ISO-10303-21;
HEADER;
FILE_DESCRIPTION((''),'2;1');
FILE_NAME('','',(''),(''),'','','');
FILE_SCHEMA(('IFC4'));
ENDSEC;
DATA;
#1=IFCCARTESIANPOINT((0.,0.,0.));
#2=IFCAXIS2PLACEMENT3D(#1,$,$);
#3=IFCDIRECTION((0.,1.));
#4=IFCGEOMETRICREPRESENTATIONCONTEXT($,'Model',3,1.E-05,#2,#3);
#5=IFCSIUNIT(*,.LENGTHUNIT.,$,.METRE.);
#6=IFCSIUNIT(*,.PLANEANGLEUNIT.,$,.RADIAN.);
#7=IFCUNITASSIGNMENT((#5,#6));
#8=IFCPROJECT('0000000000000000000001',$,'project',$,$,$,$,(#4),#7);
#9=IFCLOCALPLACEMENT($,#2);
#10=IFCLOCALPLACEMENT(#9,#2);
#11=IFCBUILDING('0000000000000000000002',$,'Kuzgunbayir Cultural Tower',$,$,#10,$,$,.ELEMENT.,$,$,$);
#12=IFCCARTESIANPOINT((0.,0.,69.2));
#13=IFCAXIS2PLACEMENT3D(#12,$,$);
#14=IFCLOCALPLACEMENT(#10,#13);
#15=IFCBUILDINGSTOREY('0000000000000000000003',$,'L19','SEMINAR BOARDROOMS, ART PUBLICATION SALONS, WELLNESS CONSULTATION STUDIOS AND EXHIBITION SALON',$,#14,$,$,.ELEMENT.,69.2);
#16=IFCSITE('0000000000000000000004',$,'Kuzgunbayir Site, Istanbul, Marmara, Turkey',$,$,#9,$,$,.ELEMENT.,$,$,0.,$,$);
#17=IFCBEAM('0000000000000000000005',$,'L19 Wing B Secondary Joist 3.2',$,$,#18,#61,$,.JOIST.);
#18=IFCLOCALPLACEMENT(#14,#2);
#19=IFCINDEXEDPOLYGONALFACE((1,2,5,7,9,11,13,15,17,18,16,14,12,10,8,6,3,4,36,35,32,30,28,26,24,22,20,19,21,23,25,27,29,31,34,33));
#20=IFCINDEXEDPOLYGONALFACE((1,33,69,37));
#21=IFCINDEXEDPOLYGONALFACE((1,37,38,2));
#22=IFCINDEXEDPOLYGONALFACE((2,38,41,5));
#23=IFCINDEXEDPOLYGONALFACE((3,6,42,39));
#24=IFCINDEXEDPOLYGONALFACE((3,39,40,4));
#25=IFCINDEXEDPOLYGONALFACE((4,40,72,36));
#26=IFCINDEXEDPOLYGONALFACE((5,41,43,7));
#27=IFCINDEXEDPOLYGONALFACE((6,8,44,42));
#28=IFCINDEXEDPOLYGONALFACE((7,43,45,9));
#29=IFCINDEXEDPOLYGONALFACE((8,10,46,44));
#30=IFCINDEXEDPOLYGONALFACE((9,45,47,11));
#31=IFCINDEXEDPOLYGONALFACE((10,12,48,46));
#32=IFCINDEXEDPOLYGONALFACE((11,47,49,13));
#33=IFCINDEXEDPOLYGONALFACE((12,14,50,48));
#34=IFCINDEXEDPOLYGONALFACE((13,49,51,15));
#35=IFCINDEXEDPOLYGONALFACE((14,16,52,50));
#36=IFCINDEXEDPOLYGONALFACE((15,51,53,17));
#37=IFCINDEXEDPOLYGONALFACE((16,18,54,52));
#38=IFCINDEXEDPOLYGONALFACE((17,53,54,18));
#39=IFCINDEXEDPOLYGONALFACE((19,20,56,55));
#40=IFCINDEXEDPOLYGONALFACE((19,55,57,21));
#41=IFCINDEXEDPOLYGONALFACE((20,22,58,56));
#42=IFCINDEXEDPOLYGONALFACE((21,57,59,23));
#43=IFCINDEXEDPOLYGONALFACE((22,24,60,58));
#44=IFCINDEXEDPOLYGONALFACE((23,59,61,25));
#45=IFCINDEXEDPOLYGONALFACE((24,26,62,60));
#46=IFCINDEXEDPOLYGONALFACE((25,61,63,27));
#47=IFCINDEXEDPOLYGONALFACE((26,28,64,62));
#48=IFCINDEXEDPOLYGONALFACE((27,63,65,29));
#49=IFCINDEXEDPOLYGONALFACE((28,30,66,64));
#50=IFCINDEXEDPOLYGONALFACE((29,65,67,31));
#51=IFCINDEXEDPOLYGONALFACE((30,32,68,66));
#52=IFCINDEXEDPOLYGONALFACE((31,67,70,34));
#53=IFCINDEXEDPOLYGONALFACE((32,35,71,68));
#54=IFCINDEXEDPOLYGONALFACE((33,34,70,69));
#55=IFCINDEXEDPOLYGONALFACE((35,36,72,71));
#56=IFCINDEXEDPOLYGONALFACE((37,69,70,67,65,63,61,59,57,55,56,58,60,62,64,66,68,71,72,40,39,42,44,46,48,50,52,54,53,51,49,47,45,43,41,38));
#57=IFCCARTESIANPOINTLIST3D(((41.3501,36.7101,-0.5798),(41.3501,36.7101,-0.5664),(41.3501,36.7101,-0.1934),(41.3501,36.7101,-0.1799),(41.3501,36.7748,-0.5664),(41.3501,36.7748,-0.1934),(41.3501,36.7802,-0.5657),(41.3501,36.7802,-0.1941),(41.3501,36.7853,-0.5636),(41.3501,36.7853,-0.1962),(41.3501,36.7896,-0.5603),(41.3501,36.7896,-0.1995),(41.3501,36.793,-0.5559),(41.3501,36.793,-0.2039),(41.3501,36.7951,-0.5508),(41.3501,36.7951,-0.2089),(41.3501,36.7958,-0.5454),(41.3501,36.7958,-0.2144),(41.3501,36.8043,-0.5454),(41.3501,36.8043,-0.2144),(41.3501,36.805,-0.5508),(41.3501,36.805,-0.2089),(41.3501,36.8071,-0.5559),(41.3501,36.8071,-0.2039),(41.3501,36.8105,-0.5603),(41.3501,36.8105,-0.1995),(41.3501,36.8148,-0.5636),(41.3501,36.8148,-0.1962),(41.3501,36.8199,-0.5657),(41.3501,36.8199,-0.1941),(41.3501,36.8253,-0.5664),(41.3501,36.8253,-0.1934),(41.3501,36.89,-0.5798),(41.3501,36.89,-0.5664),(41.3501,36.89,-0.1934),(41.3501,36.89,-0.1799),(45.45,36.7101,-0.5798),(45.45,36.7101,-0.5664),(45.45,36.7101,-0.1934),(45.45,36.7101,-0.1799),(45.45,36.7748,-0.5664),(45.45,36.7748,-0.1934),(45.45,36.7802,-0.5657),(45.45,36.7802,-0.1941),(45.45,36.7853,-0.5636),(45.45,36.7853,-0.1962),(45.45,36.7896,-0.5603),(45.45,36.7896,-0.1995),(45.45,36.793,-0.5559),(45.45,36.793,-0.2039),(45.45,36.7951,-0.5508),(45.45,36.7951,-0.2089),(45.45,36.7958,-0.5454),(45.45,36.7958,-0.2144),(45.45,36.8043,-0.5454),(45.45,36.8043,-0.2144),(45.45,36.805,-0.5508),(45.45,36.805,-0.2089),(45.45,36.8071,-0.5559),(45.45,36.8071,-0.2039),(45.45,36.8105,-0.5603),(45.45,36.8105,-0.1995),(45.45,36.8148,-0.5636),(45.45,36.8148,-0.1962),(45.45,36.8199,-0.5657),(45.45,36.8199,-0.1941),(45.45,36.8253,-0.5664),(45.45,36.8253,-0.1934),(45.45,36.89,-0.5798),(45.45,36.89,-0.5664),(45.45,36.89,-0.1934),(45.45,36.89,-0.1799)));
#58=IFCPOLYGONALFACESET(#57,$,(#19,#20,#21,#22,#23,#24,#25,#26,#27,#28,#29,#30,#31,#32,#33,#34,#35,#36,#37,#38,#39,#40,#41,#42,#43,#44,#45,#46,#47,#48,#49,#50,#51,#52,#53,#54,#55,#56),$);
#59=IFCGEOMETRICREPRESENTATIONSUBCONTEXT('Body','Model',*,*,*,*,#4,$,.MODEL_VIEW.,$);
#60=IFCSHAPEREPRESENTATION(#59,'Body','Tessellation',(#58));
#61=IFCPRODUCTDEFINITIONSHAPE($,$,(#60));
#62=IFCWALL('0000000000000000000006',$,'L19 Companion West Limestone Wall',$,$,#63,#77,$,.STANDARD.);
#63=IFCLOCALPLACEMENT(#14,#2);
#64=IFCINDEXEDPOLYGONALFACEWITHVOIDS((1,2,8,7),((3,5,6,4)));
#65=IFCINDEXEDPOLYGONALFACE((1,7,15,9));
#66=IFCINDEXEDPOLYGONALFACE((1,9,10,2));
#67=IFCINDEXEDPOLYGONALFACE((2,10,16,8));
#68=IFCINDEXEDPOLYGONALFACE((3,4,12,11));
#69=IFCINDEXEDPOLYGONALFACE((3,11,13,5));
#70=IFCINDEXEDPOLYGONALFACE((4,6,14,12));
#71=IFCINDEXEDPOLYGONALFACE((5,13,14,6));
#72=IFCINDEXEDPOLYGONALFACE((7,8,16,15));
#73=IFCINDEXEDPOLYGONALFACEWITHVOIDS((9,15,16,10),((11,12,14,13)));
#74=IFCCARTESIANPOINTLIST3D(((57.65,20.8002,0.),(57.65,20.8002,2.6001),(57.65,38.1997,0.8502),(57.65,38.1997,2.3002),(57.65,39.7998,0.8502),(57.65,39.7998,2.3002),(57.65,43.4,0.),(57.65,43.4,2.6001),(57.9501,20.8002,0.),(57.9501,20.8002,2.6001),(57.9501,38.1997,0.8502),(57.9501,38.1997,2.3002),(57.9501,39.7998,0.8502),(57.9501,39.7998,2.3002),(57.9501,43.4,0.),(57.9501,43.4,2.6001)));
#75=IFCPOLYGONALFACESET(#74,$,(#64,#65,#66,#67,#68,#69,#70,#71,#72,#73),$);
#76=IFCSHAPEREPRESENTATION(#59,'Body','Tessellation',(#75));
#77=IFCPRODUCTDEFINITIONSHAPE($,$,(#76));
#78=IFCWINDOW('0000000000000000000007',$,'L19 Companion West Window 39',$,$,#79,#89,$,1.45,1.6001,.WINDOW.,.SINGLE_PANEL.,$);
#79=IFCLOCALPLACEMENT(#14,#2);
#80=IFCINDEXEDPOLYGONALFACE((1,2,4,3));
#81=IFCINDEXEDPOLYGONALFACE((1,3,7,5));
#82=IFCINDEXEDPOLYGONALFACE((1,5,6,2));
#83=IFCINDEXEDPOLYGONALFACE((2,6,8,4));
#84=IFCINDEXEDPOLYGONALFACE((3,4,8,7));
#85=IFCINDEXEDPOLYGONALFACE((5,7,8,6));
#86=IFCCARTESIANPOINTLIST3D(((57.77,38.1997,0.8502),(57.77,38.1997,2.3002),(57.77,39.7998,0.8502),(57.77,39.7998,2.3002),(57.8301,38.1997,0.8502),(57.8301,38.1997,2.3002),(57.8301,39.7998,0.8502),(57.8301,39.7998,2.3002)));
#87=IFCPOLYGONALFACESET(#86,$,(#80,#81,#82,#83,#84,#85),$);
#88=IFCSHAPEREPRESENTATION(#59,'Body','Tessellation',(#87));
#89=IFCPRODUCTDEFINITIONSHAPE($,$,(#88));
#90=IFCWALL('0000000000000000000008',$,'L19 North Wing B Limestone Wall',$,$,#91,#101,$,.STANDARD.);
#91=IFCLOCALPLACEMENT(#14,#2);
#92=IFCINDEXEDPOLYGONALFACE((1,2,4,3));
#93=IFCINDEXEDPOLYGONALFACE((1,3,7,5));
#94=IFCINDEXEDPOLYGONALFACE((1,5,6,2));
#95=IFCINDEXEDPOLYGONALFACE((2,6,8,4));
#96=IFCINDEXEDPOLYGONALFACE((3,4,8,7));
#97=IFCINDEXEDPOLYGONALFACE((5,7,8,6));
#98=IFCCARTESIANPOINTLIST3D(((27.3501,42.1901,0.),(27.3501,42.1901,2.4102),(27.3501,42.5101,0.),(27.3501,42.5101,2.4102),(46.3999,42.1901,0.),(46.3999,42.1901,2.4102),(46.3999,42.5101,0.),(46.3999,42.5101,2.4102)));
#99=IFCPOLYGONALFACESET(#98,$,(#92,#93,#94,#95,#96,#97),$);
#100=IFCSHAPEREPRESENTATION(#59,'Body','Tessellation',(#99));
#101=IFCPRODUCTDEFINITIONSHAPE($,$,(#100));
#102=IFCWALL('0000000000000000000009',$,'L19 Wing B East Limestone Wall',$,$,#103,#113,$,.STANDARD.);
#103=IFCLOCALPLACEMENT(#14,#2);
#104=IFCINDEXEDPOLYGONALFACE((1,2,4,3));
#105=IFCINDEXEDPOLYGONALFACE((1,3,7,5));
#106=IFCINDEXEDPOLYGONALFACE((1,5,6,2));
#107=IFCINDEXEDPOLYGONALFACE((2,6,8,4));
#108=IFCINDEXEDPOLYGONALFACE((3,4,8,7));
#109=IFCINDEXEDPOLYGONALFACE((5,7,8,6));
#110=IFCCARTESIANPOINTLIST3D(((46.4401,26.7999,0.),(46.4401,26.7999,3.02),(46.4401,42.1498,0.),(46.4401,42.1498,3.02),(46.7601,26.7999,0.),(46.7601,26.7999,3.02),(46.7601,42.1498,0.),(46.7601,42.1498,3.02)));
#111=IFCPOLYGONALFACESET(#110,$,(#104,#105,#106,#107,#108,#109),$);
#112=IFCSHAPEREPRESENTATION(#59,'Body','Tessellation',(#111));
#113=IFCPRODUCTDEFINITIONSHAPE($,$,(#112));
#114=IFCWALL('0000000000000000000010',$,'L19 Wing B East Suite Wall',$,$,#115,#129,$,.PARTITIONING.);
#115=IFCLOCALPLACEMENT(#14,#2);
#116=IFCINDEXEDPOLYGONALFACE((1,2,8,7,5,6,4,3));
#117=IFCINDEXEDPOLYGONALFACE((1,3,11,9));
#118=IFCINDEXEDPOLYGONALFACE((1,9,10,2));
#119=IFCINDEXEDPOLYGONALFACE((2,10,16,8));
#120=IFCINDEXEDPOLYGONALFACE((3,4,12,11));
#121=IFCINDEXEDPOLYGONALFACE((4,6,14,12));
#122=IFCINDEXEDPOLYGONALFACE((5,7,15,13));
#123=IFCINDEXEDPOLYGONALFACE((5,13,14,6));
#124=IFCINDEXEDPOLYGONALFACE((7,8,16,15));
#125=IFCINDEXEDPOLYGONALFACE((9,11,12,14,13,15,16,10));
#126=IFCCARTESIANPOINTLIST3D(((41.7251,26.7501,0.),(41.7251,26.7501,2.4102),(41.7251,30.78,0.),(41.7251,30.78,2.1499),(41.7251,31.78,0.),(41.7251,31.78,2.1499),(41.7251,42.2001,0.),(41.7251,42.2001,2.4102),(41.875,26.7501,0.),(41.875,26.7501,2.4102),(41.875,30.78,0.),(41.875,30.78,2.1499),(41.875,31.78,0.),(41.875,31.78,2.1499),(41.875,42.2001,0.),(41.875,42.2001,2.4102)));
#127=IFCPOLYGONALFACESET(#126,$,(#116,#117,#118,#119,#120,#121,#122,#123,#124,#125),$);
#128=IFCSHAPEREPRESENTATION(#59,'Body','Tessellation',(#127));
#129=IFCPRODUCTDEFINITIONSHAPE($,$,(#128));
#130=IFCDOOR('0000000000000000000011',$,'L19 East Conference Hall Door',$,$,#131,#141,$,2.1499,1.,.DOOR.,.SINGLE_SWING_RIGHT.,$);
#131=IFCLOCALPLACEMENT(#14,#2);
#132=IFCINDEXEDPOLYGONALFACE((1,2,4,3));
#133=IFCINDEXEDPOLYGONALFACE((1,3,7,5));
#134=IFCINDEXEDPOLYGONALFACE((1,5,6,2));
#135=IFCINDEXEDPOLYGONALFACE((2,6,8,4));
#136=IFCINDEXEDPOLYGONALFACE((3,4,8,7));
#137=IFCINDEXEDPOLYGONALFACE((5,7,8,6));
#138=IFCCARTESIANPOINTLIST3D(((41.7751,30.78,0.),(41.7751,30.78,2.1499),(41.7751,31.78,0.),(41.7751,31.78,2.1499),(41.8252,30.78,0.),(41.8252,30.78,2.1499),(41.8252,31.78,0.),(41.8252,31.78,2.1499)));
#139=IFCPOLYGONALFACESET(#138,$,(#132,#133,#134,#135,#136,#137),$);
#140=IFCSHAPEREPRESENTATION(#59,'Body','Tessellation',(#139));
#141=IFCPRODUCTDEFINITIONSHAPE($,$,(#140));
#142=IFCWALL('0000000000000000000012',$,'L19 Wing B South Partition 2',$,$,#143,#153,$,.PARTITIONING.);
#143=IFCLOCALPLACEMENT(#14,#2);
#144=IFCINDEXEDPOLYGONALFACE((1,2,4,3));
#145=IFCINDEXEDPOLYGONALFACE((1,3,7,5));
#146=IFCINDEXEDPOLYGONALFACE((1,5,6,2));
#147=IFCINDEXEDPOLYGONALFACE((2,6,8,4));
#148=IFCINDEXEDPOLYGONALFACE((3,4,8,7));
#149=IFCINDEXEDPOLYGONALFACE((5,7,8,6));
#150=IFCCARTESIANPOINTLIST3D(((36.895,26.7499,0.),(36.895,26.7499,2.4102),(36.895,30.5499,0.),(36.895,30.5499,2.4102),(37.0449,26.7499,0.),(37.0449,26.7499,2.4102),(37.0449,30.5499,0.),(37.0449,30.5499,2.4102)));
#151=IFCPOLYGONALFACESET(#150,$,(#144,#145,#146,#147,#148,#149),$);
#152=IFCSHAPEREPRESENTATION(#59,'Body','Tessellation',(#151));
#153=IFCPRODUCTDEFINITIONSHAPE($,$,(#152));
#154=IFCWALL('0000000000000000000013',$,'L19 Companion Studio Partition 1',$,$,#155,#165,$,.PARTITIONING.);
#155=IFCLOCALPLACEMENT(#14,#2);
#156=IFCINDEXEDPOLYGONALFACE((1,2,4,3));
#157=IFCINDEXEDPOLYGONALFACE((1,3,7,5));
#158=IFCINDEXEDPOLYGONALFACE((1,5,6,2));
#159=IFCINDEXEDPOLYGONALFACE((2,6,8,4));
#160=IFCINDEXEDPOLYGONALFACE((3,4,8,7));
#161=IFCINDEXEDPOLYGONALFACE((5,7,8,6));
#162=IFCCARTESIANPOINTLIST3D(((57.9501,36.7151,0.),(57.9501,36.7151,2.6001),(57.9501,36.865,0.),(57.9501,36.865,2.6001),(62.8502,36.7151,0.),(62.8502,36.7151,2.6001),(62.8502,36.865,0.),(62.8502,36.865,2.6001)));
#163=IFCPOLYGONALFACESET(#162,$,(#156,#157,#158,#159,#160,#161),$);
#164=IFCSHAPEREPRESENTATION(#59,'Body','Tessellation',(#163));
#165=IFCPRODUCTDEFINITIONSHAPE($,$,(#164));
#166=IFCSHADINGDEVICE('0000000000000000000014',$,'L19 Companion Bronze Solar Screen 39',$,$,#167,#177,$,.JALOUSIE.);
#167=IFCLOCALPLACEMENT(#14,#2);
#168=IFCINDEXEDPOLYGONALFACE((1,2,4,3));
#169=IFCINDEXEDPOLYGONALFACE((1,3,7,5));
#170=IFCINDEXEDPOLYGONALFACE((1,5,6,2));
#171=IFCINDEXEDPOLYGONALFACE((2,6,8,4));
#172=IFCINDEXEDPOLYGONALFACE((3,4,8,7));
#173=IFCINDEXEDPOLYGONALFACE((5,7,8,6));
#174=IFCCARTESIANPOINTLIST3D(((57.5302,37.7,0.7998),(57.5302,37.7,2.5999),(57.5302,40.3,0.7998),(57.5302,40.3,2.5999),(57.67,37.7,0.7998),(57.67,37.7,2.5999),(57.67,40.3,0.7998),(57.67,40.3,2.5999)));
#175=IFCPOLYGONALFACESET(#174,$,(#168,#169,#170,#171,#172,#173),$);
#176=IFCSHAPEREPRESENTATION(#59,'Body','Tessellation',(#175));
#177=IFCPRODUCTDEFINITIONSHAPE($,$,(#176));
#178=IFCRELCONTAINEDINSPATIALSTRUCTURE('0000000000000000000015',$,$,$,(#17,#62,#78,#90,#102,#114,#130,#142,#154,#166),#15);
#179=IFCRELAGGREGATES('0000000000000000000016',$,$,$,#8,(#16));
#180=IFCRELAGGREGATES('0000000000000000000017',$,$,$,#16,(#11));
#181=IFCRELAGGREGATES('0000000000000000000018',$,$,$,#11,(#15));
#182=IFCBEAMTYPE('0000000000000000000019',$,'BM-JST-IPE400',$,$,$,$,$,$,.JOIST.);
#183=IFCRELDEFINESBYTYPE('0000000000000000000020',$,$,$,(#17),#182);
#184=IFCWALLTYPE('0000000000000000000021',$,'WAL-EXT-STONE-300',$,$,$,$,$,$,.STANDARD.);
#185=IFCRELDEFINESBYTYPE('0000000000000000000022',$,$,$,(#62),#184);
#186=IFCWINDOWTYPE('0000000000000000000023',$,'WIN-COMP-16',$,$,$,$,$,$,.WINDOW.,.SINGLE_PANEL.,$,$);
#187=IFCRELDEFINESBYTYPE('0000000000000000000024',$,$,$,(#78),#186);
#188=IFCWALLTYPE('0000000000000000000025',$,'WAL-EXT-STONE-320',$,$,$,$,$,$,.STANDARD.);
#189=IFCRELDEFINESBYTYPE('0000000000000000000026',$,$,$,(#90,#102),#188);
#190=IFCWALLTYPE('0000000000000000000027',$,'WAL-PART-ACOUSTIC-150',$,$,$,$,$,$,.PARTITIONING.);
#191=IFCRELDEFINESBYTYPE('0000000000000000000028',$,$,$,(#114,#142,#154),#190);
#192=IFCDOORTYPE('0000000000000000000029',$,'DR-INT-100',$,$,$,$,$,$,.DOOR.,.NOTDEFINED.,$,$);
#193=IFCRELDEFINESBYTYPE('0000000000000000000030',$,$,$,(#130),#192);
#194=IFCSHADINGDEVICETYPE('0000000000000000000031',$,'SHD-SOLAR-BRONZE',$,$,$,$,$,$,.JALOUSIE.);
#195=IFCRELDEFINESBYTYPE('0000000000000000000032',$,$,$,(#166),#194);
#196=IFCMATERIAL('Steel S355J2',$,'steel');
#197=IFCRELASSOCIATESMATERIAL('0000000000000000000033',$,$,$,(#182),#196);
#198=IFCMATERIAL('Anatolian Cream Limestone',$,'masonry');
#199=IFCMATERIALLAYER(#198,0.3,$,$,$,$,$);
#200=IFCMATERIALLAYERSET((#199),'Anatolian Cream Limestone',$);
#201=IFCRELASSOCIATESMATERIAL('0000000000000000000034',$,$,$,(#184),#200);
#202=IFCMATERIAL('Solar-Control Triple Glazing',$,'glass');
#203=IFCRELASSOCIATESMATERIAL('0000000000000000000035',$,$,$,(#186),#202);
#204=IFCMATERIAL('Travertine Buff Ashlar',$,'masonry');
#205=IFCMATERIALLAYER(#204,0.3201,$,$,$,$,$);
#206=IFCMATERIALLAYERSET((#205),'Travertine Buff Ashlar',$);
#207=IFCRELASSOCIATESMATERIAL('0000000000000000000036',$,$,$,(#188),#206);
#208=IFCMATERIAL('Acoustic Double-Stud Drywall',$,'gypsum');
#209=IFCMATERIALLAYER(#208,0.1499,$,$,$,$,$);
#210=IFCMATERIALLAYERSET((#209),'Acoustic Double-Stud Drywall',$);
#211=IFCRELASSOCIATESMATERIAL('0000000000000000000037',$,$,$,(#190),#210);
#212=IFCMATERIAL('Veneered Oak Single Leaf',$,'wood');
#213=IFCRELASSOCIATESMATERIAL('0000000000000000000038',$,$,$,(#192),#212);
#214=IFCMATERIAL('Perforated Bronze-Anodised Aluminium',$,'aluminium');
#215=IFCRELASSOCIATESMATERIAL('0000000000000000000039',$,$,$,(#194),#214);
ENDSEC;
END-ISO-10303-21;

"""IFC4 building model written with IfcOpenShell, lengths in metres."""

from ifc_helpers import new_model, si_unit, direction, frame, frame_2d, origin, origin_2d, place, context, subcontext, project, spatial, rectangle, i_section, extrude, material, layer, layer_set, material_profile, profile_set, type_object, element, fill, save


model = new_model("IFC4")

# Units and contexts
model_context = context("Model", 3, precision=1e-05, world=origin(), true_north=direction((0.0, 1.0)))
body_context = subcontext(model_context, "Body", "Model", "MODEL_VIEW")
ifc_project = project(units=[si_unit("LENGTHUNIT", "METRE"), si_unit("PLANEANGLEUNIT", "RADIAN")], contexts=[model_context])

# Site, building, storey
site_placement = place(None, origin())
site = spatial("IfcSite", under=ifc_project, at=site_placement, Name="Kuzgunbayir Site, Istanbul, Marmara, Turkey", CompositionType="ELEMENT", RefElevation=0.0)
building_placement = place(site_placement, origin())
building = spatial("IfcBuilding", under=site, at=building_placement, Name="Kuzgunbayir Cultural Tower", CompositionType="ELEMENT")
storey_placement = place(building_placement, frame((0.0, 0.0, 69.2)))
storey = spatial("IfcBuildingStorey", under=building, at=storey_placement, Name="L19", Description="SEMINAR BOARDROOMS, ART PUBLICATION SALONS, WELLNESS CONSULTATION STUDIOS AND EXHIBITION SALON", CompositionType="ELEMENT", Elevation=69.2)

# Beam
ifc_material_1 = material(Name="Steel S355J2", Category="steel")
ifc_material_profile_1 = material_profile(ifc_material_1, i_section(OverallWidth=0.1799, OverallDepth=0.3999, WebThickness=0.0085, FlangeThickness=0.0134, FilletRadius=0.021, at=origin_2d()), Name="IPE 400")
ifc_profile_set_1 = profile_set([ifc_material_profile_1], Name="Steel S355J2")
beam_type_1 = type_object("IfcBeamType", Name="BM-JST-IPE400", PredefinedType="JOIST", material=ifc_profile_set_1)
for number, where, z_axis, x_axis, name in (
    (1, (41.3501, 36.8, -0.3799), (1.0, 0.0, 0.0), (0.0, 1.0, 0.0), "L19 Wing B Secondary Joist 3.2"),
):
    element("IfcBeam", number, at=place(storey_placement, frame(where, z_axis=z_axis, x_axis=x_axis)), inside=storey, type_object=beam_type_1, Name=name, PredefinedType="JOIST", context=body_context, shape_type="SweptSolid", body=[
        extrude(i_section(OverallWidth=0.1799, OverallDepth=0.3999, WebThickness=0.0085, FlangeThickness=0.0134, FilletRadius=0.021, at=origin_2d()), origin(), (0.0, 0.0, 1.0), 4.0999),
    ])

# Wall, opening, window
ifc_material_2 = material(Name="Anatolian Cream Limestone", Category="masonry")
ifc_layer_1 = layer(ifc_material_2, 0.3)
ifc_layer_set_1 = layer_set([ifc_layer_1], Name="Anatolian Cream Limestone")
wall_type_1 = type_object("IfcWallType", Name="WAL-EXT-STONE-300", PredefinedType="STANDARD", material=ifc_layer_set_1)
wall_1_placement = place(storey_placement, frame((57.8, 43.3999, 0.0), z_axis=(0.0, 0.0, 1.0), x_axis=(0.0, -1.0, 0.0)))
wall_1 = element("IfcWall", 2, at=wall_1_placement, inside=storey, type_object=wall_type_1, Name="L19 Companion West Limestone Wall", PredefinedType="STANDARD", context=body_context, shape_type="SweptSolid", body=[
    extrude(rectangle(XDim=22.5999, YDim=0.3, at=frame_2d((11.2998, 0.0))), origin(), (0.0, 0.0, 1.0), 2.6001),
])
opening_1_placement = place(wall_1_placement, frame((3.6001, 0.0, 0.8501)))
opening_1 = element("IfcOpeningElement", 3, at=opening_1_placement, cuts=wall_1, PredefinedType="OPENING", context=body_context, shape_type="SweptSolid", body=[
    extrude(rectangle(XDim=1.6001, YDim=1.45, at=frame_2d((0.8, 0.7251))), frame((0.0, 0.1602, 0.0), z_axis=(0.0, -1.0, 0.0), x_axis=(1.0, 0.0, 0.0)), (0.0, 0.0, 1.0), 0.3201),
])
ifc_material_3 = material(Name="Solar-Control Triple Glazing", Category="glass")
window_type = type_object("IfcWindowType", Name="WIN-COMP-16", PartitioningType="SINGLE_PANEL", PredefinedType="WINDOW", material=ifc_material_3)
window_placement = place(opening_1_placement, origin())
window = element("IfcWindow", 4, at=window_placement, inside=storey, type_object=window_type, Name="L19 Companion West Window 39", OverallHeight=1.45, OverallWidth=1.6001, PartitioningType="SINGLE_PANEL", PredefinedType="WINDOW", context=body_context, shape_type="SweptSolid", body=[
    extrude(rectangle(XDim=1.6001, YDim=1.45, at=frame_2d((0.8, 0.7251))), frame((0.0, 0.03, 0.0), z_axis=(0.0, -1.0, 0.0), x_axis=(1.0, 0.0, 0.0)), (0.0, 0.0, 1.0), 0.0601),
])
fill(opening_1, window)

# Walls
ifc_material_4 = material(Name="Travertine Buff Ashlar", Category="masonry")
ifc_layer_2 = layer(ifc_material_4, 0.3201)
ifc_layer_set_2 = layer_set([ifc_layer_2], Name="Travertine Buff Ashlar")
wall_type_2 = type_object("IfcWallType", Name="WAL-EXT-STONE-320", PredefinedType="STANDARD", material=ifc_layer_set_2)
wall_2_placement = place(storey_placement, frame((46.3999, 42.3501, 0.0), z_axis=(0.0, 0.0, 1.0), x_axis=(-1.0, 0.0, 0.0)))
element("IfcWall", 5, at=wall_2_placement, inside=storey, type_object=wall_type_2, Name="L19 North Wing B Limestone Wall", PredefinedType="STANDARD", context=body_context, shape_type="SweptSolid", body=[
    extrude(rectangle(XDim=19.0498, YDim=0.3201, at=frame_2d((9.5249, 0.0))), origin(), (0.0, 0.0, 1.0), 2.4102),
])
wall_3_placement = place(storey_placement, frame((46.6001, 26.8, 0.0), z_axis=(0.0, 0.0, 1.0), x_axis=(0.0, 1.0, 0.0)))
element("IfcWall", 6, at=wall_3_placement, inside=storey, type_object=wall_type_2, Name="L19 Wing B East Limestone Wall", PredefinedType="STANDARD", context=body_context, shape_type="SweptSolid", body=[
    extrude(rectangle(XDim=15.3499, YDim=0.3201, at=frame_2d((7.6748, 0.0))), origin(), (0.0, 0.0, 1.0), 3.02),
])

# Wall, opening, door
ifc_material_5 = material(Name="Acoustic Double-Stud Drywall", Category="gypsum")
ifc_layer_3 = layer(ifc_material_5, 0.1499)
ifc_layer_set_3 = layer_set([ifc_layer_3], Name="Acoustic Double-Stud Drywall")
wall_type_3 = type_object("IfcWallType", Name="WAL-PART-ACOUSTIC-150", PredefinedType="PARTITIONING", material=ifc_layer_set_3)
wall_4_placement = place(storey_placement, frame((41.8, 26.75, 0.0), z_axis=(0.0, 0.0, 1.0), x_axis=(0.0, 1.0, 0.0)))
wall_4 = element("IfcWall", 7, at=wall_4_placement, inside=storey, type_object=wall_type_3, Name="L19 Wing B East Suite Wall", PredefinedType="PARTITIONING", context=body_context, shape_type="SweptSolid", body=[
    extrude(rectangle(XDim=15.45, YDim=0.1499, at=frame_2d((7.7251, 0.0))), origin(), (0.0, 0.0, 1.0), 2.4102),
])
opening_2_placement = place(wall_4_placement, frame((4.03, 0.0, 0.0)))
opening_2 = element("IfcOpeningElement", 8, at=opening_2_placement, cuts=wall_4, PredefinedType="OPENING", context=body_context, shape_type="SweptSolid", body=[
    extrude(rectangle(XDim=1.0, YDim=2.1499, at=frame_2d((0.5, 1.075))), frame((0.0, 0.085, 0.0), z_axis=(0.0, -1.0, 0.0), x_axis=(1.0, 0.0, 0.0)), (0.0, 0.0, 1.0), 0.1699),
])
ifc_material_6 = material(Name="Veneered Oak Single Leaf", Category="wood")
door_type = type_object("IfcDoorType", Name="DR-INT-100", OperationType="NOTDEFINED", PredefinedType="DOOR", material=ifc_material_6)
door_placement = place(opening_2_placement, origin())
door = element("IfcDoor", 9, at=door_placement, inside=storey, type_object=door_type, Name="L19 East Conference Hall Door", OperationType="SINGLE_SWING_RIGHT", OverallHeight=2.1499, OverallWidth=1.0, PredefinedType="DOOR", context=body_context, shape_type="SweptSolid", body=[
    extrude(rectangle(XDim=1.0, YDim=2.1499, at=frame_2d((0.5, 1.075))), frame((0.0, 0.0249, 0.0), z_axis=(0.0, -1.0, 0.0), x_axis=(1.0, 0.0, 0.0)), (0.0, 0.0, 1.0), 0.05),
])
fill(opening_2, door)

# Walls
wall_5_placement = place(storey_placement, frame((36.97, 26.75, 0.0), z_axis=(0.0, 0.0, 1.0), x_axis=(0.0, 1.0, 0.0)))
element("IfcWall", 10, at=wall_5_placement, inside=storey, type_object=wall_type_3, Name="L19 Wing B South Partition 2", PredefinedType="PARTITIONING", context=body_context, shape_type="SweptSolid", body=[
    extrude(rectangle(XDim=3.8, YDim=0.1499, at=frame_2d((1.8999, 0.0))), origin(), (0.0, 0.0, 1.0), 2.4102),
])
wall_6_placement = place(storey_placement, frame((57.95, 36.79, 0.0), z_axis=(0.0, 0.0, 1.0), x_axis=(1.0, 0.0, 0.0)))
element("IfcWall", 11, at=wall_6_placement, inside=storey, type_object=wall_type_3, Name="L19 Companion Studio Partition 1", PredefinedType="PARTITIONING", context=body_context, shape_type="SweptSolid", body=[
    extrude(rectangle(XDim=4.9001, YDim=0.1499, at=frame_2d((2.4502, 0.0))), origin(), (0.0, 0.0, 1.0), 2.6001),
])

# Shading device
ifc_material_7 = material(Name="Perforated Bronze-Anodised Aluminium", Category="aluminium")
shading_device_type = type_object("IfcShadingDeviceType", Name="SHD-SOLAR-BRONZE", PredefinedType="JALOUSIE", material=ifc_material_7)
shading_device_placement = place(storey_placement, frame((57.6001, 39.0, 0.7998), z_axis=(0.0, 0.0, 1.0), x_axis=(1.0, 0.0, 0.0)))
element("IfcShadingDevice", 12, at=shading_device_placement, inside=storey, type_object=shading_device_type, Name="L19 Companion Bronze Solar Screen 39", PredefinedType="JALOUSIE", context=body_context, shape_type="SweptSolid", body=[
    extrude(rectangle(XDim=0.1399, YDim=2.6001, at=origin_2d()), origin(), (0.0, 0.0, 1.0), 1.8),
])

save(model, "model.ifc")
